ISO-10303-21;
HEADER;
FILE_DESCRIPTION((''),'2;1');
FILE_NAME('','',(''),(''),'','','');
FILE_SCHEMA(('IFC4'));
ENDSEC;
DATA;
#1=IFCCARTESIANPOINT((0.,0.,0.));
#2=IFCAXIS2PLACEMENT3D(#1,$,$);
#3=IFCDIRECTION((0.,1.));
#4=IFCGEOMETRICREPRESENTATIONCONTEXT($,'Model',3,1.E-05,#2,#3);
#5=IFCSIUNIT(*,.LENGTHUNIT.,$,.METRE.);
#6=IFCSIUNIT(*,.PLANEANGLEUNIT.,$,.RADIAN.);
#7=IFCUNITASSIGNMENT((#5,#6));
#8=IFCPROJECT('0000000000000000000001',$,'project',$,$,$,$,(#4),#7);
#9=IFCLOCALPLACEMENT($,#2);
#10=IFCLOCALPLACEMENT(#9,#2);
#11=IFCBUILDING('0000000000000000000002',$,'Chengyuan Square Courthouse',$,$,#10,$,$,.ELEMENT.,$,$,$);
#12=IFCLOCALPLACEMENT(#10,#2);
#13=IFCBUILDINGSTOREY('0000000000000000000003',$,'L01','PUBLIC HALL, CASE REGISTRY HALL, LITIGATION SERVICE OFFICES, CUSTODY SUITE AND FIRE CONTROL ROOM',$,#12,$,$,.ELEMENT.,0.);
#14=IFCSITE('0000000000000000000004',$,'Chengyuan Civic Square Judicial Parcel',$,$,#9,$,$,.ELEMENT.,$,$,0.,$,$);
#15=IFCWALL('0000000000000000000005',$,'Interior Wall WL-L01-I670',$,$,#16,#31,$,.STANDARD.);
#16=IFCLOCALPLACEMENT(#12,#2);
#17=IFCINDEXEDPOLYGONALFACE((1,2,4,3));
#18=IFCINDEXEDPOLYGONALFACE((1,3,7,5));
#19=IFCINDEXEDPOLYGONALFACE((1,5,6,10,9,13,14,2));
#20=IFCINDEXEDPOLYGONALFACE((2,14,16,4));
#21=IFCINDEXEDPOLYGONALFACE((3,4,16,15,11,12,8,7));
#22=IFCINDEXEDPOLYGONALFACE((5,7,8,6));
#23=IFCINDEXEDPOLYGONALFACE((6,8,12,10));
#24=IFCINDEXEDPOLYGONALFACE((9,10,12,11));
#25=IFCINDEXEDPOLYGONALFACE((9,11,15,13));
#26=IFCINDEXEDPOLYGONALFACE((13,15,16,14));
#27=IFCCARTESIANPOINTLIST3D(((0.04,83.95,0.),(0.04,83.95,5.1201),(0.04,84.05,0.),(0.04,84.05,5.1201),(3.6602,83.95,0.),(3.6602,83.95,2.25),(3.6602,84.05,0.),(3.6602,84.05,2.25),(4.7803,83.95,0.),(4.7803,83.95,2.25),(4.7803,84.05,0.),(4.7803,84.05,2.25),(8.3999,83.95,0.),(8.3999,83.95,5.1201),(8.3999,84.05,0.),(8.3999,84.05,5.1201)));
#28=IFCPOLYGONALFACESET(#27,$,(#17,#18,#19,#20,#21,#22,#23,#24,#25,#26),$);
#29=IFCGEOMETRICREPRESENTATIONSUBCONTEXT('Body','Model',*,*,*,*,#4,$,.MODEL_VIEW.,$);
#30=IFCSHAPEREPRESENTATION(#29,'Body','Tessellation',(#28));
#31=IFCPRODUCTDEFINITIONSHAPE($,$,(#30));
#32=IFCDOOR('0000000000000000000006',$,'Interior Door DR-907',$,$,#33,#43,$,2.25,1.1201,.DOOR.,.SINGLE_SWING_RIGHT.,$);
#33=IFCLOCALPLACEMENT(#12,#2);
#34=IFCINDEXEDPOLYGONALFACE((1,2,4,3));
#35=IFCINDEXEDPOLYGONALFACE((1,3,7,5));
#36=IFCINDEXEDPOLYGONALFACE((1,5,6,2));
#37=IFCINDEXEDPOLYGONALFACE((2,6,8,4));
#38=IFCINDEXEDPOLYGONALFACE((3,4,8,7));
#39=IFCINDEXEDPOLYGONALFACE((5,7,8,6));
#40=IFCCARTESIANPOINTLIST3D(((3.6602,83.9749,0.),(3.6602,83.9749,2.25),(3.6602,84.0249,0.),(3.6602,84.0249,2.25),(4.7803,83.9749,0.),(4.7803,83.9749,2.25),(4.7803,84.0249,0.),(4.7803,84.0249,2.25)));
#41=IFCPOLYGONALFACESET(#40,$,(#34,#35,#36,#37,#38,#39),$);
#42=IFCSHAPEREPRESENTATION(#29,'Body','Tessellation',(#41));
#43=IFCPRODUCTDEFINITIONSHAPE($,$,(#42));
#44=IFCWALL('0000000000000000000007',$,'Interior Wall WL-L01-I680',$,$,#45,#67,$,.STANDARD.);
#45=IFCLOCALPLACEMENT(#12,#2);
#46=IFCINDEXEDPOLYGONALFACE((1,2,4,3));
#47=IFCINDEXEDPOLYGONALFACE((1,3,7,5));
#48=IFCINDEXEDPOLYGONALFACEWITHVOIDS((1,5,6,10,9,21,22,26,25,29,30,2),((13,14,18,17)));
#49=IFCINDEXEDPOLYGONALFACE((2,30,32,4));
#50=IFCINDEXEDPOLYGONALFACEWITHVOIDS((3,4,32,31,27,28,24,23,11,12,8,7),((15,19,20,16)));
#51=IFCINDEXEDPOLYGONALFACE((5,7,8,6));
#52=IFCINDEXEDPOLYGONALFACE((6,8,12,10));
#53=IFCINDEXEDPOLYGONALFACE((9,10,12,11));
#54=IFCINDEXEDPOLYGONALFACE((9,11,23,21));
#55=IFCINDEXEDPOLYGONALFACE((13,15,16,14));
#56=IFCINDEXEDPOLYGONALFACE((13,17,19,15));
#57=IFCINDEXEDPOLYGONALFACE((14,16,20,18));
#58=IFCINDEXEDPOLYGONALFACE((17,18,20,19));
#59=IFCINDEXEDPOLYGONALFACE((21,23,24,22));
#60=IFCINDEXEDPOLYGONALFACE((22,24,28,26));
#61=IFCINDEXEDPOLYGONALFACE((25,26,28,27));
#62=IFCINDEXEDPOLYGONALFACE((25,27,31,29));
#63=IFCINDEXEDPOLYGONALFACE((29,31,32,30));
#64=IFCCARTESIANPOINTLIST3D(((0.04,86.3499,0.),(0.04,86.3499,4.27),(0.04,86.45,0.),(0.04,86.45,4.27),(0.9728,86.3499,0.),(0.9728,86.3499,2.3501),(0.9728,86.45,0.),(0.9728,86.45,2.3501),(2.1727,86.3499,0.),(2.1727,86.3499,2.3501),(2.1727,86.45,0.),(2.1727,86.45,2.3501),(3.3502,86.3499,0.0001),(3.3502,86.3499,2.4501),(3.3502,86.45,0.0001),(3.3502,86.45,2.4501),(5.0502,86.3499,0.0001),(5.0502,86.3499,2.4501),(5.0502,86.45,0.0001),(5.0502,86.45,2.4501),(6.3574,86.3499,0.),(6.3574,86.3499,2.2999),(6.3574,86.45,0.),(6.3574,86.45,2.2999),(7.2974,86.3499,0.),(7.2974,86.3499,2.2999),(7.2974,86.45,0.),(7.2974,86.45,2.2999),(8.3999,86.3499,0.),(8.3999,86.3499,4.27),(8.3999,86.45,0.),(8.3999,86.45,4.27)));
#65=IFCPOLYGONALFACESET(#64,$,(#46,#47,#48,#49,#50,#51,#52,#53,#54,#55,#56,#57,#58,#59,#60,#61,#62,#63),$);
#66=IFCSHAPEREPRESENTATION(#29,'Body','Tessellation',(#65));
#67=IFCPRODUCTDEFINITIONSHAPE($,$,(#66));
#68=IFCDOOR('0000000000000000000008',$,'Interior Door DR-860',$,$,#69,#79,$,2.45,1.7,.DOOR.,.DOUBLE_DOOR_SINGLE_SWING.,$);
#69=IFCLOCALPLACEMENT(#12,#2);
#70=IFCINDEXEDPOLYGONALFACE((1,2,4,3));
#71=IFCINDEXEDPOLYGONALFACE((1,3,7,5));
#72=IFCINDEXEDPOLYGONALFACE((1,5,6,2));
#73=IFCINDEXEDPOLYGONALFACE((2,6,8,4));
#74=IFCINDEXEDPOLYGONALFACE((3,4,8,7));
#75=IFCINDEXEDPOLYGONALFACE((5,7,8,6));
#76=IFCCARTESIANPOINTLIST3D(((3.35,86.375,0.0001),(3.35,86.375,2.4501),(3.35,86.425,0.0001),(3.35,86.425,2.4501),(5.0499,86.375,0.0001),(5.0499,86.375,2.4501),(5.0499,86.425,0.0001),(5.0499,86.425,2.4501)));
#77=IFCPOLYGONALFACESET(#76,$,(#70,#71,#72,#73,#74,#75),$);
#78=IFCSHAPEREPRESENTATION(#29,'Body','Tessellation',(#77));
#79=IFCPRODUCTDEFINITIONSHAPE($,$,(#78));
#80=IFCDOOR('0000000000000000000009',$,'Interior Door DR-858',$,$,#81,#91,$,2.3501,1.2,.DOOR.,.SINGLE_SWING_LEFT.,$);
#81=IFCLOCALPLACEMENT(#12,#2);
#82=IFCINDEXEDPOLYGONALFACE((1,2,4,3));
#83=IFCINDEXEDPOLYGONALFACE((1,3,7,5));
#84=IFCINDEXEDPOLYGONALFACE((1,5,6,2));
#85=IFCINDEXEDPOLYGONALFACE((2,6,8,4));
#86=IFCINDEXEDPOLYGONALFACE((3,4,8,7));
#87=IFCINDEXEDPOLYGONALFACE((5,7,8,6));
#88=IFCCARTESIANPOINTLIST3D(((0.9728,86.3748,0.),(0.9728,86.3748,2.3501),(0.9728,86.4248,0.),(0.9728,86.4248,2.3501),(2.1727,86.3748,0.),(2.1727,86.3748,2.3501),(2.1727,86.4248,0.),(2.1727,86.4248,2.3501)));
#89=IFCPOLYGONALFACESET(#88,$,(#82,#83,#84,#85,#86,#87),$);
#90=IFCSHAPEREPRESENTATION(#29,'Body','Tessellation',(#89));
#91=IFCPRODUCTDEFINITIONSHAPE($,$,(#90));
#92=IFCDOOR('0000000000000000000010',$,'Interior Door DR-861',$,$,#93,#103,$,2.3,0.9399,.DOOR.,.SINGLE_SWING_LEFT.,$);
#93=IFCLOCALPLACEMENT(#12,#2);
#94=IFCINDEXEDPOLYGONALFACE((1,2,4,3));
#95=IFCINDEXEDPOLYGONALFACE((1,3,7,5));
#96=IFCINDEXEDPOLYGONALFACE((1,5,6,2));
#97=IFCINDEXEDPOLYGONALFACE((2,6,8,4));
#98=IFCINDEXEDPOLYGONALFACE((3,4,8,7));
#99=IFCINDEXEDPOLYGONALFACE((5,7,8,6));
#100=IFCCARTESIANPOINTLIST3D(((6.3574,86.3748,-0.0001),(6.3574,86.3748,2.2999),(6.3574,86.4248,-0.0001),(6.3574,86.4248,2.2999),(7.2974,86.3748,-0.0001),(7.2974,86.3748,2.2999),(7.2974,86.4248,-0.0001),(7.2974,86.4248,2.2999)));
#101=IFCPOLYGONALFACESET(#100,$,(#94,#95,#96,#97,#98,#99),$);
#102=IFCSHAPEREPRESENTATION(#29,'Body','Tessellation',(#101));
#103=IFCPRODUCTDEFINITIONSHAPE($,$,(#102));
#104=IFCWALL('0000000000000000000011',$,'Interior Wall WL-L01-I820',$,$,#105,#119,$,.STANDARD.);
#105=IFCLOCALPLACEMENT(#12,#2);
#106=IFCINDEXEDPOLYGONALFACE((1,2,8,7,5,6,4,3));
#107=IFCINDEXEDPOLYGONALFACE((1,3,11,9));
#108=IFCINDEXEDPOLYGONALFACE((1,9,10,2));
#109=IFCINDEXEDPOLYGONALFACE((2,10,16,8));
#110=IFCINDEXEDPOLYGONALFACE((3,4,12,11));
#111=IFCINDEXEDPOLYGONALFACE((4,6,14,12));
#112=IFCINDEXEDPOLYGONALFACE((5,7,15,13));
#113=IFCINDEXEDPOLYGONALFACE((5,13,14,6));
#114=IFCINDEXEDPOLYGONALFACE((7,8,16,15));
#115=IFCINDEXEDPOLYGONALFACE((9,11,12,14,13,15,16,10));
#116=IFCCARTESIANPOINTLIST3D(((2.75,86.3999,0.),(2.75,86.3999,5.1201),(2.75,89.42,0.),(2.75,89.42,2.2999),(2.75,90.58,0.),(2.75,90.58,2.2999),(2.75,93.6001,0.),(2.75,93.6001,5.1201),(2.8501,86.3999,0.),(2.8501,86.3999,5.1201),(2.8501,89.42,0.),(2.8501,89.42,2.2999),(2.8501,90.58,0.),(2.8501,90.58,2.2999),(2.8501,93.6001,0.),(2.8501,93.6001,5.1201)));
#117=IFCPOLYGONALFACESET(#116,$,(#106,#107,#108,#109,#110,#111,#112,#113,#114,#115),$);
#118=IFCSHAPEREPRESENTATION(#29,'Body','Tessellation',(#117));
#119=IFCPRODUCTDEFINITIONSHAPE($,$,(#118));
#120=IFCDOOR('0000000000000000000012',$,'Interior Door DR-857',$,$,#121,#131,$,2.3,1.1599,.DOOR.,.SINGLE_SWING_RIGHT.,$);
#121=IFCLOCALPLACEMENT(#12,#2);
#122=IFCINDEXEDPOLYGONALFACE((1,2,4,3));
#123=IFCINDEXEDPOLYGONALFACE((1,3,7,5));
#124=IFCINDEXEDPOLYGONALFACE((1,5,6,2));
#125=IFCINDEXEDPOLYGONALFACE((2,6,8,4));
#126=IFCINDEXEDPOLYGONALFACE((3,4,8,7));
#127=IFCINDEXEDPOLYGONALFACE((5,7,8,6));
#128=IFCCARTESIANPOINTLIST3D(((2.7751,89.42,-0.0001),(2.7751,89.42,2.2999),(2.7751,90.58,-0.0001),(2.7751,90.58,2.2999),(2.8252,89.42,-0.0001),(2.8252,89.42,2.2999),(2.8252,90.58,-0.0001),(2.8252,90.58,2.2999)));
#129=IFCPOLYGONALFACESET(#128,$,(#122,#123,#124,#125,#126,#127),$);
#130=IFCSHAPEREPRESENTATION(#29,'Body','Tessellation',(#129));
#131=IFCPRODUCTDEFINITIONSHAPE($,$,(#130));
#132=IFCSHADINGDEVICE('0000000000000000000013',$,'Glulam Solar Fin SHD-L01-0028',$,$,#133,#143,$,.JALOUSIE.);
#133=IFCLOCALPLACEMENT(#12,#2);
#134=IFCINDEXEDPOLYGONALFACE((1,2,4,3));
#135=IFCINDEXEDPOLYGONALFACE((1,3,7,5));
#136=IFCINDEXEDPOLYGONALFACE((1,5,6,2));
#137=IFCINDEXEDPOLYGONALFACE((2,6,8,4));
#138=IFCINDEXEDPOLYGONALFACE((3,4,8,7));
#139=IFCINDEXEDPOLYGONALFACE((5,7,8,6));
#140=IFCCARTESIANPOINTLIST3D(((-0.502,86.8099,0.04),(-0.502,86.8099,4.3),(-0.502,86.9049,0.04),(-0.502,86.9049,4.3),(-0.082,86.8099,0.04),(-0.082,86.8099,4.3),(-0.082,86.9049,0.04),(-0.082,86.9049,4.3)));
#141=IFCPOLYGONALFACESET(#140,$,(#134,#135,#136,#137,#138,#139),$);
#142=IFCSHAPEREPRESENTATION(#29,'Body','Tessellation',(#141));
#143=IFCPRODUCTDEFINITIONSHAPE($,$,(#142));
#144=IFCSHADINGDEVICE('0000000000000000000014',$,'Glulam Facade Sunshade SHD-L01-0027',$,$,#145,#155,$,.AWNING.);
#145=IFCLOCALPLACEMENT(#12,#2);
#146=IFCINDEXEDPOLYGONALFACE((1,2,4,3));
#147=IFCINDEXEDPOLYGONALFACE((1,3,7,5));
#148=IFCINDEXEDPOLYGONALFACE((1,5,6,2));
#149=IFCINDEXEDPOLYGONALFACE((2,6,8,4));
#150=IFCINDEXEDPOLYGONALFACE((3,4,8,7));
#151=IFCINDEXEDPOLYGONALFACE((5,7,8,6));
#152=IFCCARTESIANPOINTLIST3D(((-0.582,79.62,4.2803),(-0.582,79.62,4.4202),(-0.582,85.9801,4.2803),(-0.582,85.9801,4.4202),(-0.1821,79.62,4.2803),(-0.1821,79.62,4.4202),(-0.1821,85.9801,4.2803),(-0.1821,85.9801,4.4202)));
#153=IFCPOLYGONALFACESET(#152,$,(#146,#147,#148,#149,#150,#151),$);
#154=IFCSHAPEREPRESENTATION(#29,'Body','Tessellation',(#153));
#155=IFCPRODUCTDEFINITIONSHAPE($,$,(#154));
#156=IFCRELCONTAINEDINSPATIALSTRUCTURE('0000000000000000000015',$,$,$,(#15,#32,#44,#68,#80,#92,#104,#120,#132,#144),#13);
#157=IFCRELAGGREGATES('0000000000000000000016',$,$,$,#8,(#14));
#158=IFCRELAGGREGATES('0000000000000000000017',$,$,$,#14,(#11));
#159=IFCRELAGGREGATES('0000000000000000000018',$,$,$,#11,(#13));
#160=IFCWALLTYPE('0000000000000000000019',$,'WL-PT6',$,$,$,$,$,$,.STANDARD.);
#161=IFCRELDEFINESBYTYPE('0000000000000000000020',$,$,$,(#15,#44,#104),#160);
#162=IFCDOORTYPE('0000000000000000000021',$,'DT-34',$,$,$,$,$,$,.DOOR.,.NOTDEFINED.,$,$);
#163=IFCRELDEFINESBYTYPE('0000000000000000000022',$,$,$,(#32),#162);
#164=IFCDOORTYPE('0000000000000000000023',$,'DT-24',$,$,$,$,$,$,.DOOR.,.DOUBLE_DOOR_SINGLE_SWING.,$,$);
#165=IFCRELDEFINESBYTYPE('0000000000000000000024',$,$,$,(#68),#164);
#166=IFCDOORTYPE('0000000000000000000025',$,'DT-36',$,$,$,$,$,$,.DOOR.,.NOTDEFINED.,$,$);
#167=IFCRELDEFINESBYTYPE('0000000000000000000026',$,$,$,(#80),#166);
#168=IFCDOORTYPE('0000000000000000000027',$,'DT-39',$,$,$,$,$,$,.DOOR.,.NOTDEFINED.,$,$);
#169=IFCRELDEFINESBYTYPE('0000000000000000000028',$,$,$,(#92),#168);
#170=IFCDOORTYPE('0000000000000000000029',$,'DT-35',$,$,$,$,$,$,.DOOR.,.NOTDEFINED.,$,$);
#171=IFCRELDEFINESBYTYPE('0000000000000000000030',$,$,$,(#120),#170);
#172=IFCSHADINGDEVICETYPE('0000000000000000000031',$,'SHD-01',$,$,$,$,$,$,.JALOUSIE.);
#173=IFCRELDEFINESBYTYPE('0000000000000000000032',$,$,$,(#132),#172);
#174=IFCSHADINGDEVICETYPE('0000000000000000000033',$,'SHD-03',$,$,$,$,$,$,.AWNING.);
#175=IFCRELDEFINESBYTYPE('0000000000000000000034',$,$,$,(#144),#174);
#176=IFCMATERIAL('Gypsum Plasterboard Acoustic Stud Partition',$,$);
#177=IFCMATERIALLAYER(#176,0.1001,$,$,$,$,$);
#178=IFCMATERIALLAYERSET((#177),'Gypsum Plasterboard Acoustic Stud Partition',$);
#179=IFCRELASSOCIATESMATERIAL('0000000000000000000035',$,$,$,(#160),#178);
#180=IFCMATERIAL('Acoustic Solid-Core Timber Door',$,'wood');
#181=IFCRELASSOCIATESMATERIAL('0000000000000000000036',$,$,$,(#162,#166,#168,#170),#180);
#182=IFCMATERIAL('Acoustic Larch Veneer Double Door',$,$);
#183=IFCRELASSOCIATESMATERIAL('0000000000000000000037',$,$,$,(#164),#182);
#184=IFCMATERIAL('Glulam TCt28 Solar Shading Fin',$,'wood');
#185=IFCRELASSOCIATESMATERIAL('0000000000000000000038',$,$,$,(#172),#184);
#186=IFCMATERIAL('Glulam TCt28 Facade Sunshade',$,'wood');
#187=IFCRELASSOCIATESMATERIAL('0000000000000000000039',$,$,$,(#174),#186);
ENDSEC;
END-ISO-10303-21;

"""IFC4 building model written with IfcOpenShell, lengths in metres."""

from ifc_helpers import new_model, si_unit, direction, frame, frame_2d, origin, origin_2d, place, context, subcontext, project, spatial, rectangle, extrude, material, layer, layer_set, type_object, element, fill, save


model = new_model("IFC4")

# Units and contexts
model_context = context("Model", 3, precision=1e-05, world=origin(), true_north=direction((0.0, 1.0)))
body_context = subcontext(model_context, "Body", "Model", "MODEL_VIEW")
ifc_project = project(units=[si_unit("LENGTHUNIT", "METRE"), si_unit("PLANEANGLEUNIT", "RADIAN")], contexts=[model_context])

# Site, building, storey
site_placement = place(None, origin())
site = spatial("IfcSite", under=ifc_project, at=site_placement, Name="Chengyuan Civic Square Judicial Parcel", CompositionType="ELEMENT", RefElevation=0.0)
building_placement = place(site_placement, origin())
building = spatial("IfcBuilding", under=site, at=building_placement, Name="Chengyuan Square Courthouse", CompositionType="ELEMENT")
storey_placement = place(building_placement, origin())
storey = spatial("IfcBuildingStorey", under=building, at=storey_placement, Name="L01", Description="PUBLIC HALL, CASE REGISTRY HALL, LITIGATION SERVICE OFFICES, CUSTODY SUITE AND FIRE CONTROL ROOM", CompositionType="ELEMENT", Elevation=0.0)

# Wall, opening, door
ifc_material_1 = material(Name="Gypsum Plasterboard Acoustic Stud Partition")
ifc_layer_1 = layer(ifc_material_1, 0.1001)
ifc_layer_set_1 = layer_set([ifc_layer_1], Name="Gypsum Plasterboard Acoustic Stud Partition")
wall_type_1 = type_object("IfcWallType", Name="WL-PT6", PredefinedType="STANDARD", material=ifc_layer_set_1)
wall_1_placement = place(storey_placement, frame((0.04, 84.0, 0.0), z_axis=(0.0, 0.0, 1.0), x_axis=(1.0, 0.0, 0.0)))
wall_1 = element("IfcWall", 1, at=wall_1_placement, inside=storey, type_object=wall_type_1, Name="Interior Wall WL-L01-I670", PredefinedType="STANDARD", context=body_context, shape_type="SweptSolid", body=[
    extrude(rectangle(XDim=8.3599, YDim=0.1001, at=frame_2d((4.1799, 0.0))), origin(), (0.0, 0.0, 1.0), 5.1201),
])
opening_1_placement = place(wall_1_placement, frame((3.6201, 0.0, 0.0)))
opening_1 = element("IfcOpeningElement", 2, at=opening_1_placement, cuts=wall_1, PredefinedType="OPENING", context=body_context, shape_type="SweptSolid", body=[
    extrude(rectangle(XDim=1.1201, YDim=2.25, at=frame_2d((0.5601, 1.125))), frame((0.0, 0.062, 0.0), z_axis=(0.0, -1.0, 0.0), x_axis=(1.0, 0.0, 0.0)), (0.0, 0.0, 1.0), 0.124),
])
ifc_material_2 = material(Name="Acoustic Solid-Core Timber Door", Category="wood")
door_type_1 = type_object("IfcDoorType", Name="DT-34", OperationType="NOTDEFINED", PredefinedType="DOOR", material=ifc_material_2)
door_1_placement = place(opening_1_placement, origin())
door_1 = element("IfcDoor", 3, at=door_1_placement, inside=storey, type_object=door_type_1, Name="Interior Door DR-907", OperationType="SINGLE_SWING_RIGHT", OverallHeight=2.25, OverallWidth=1.1201, PredefinedType="DOOR", context=body_context, shape_type="SweptSolid", body=[
    extrude(rectangle(XDim=1.1201, YDim=2.25, at=frame_2d((0.5601, 1.125))), frame((0.0, 0.0249, 0.0), z_axis=(0.0, -1.0, 0.0), x_axis=(1.0, 0.0, 0.0)), (0.0, 0.0, 1.0), 0.05),
])
fill(opening_1, door_1)

# Wall, openings, doors
wall_2_placement = place(storey_placement, frame((0.04, 86.3999, 0.0), z_axis=(0.0, 0.0, 1.0), x_axis=(1.0, 0.0, 0.0)))
wall_2 = element("IfcWall", 4, at=wall_2_placement, inside=storey, type_object=wall_type_1, Name="Interior Wall WL-L01-I680", PredefinedType="STANDARD", context=body_context, shape_type="SweptSolid", body=[
    extrude(rectangle(XDim=8.3599, YDim=0.1001, at=frame_2d((4.1799, 0.0))), origin(), (0.0, 0.0, 1.0), 4.27),
])
opening_2_placement = place(wall_2_placement, frame((0.9326, 0.0, 0.0)))
opening_2 = element("IfcOpeningElement", 5, at=opening_2_placement, cuts=wall_2, PredefinedType="OPENING", context=body_context, shape_type="SweptSolid", body=[
    extrude(rectangle(XDim=1.2, YDim=2.3501, at=frame_2d((0.6001, 1.175))), frame((0.0, 0.062, 0.0), z_axis=(0.0, -1.0, 0.0), x_axis=(1.0, 0.0, 0.0)), (0.0, 0.0, 1.0), 0.124),
])
opening_3_placement = place(wall_2_placement, frame((3.3101, 0.0, 0.0)))
opening_3 = element("IfcOpeningElement", 6, at=opening_3_placement, cuts=wall_2, PredefinedType="OPENING", context=body_context, shape_type="SweptSolid", body=[
    extrude(rectangle(XDim=1.7, YDim=2.45, at=frame_2d((0.8501, 1.2251))), frame((0.0, 0.062, 0.0), z_axis=(0.0, -1.0, 0.0), x_axis=(1.0, 0.0, 0.0)), (0.0, 0.0, 1.0), 0.124),
])
opening_4_placement = place(wall_2_placement, frame((6.3174, 0.0, 0.0)))
opening_4 = element("IfcOpeningElement", 7, at=opening_4_placement, cuts=wall_2, PredefinedType="OPENING", context=body_context, shape_type="SweptSolid", body=[
    extrude(rectangle(XDim=0.9399, YDim=2.3, at=frame_2d((0.47, 1.1499))), frame((0.0, 0.062, 0.0), z_axis=(0.0, -1.0, 0.0), x_axis=(1.0, 0.0, 0.0)), (0.0, 0.0, 1.0), 0.124),
])
ifc_material_3 = material(Name="Acoustic Larch Veneer Double Door")
door_type_2 = type_object("IfcDoorType", Name="DT-24", OperationType="DOUBLE_DOOR_SINGLE_SWING", PredefinedType="DOOR", material=ifc_material_3)
door_2_placement = place(opening_3_placement, frame((1.7, 0.0, 0.0), z_axis=(0.0, 0.0, 1.0), x_axis=(-1.0, 0.0, 0.0)))
door_2 = element("IfcDoor", 8, at=door_2_placement, inside=storey, type_object=door_type_2, Name="Interior Door DR-860", OperationType="DOUBLE_DOOR_SINGLE_SWING", OverallHeight=2.45, OverallWidth=1.7, PredefinedType="DOOR", context=body_context, shape_type="SweptSolid", body=[
    extrude(rectangle(XDim=1.7, YDim=2.45, at=frame_2d((0.8501, 1.2251))), frame((0.0, 0.0249, 0.0), z_axis=(0.0, -1.0, 0.0), x_axis=(1.0, 0.0, 0.0)), (0.0, 0.0, 1.0), 0.05),
])
fill(opening_3, door_2)
door_type_3 = type_object("IfcDoorType", Name="DT-36", OperationType="NOTDEFINED", PredefinedType="DOOR", material=ifc_material_2)
door_3_placement = place(opening_2_placement, origin())
door_3 = element("IfcDoor", 9, at=door_3_placement, inside=storey, type_object=door_type_3, Name="Interior Door DR-858", OperationType="SINGLE_SWING_LEFT", OverallHeight=2.3501, OverallWidth=1.2, PredefinedType="DOOR", context=body_context, shape_type="SweptSolid", body=[
    extrude(rectangle(XDim=1.2, YDim=2.3501, at=frame_2d((0.6001, 1.175))), frame((0.0, 0.0249, 0.0), z_axis=(0.0, -1.0, 0.0), x_axis=(1.0, 0.0, 0.0)), (0.0, 0.0, 1.0), 0.05),
])
fill(opening_2, door_3)
door_type_4 = type_object("IfcDoorType", Name="DT-39", OperationType="NOTDEFINED", PredefinedType="DOOR", material=ifc_material_2)
door_4_placement = place(opening_4_placement, origin())
door_4 = element("IfcDoor", 10, at=door_4_placement, inside=storey, type_object=door_type_4, Name="Interior Door DR-861", OperationType="SINGLE_SWING_LEFT", OverallHeight=2.3, OverallWidth=0.9399, PredefinedType="DOOR", context=body_context, shape_type="SweptSolid", body=[
    extrude(rectangle(XDim=0.9399, YDim=2.3, at=frame_2d((0.47, 1.1499))), frame((0.0, 0.0249, 0.0), z_axis=(0.0, -1.0, 0.0), x_axis=(1.0, 0.0, 0.0)), (0.0, 0.0, 1.0), 0.05),
])
fill(opening_4, door_4)

# Wall, opening, door
wall_3_placement = place(storey_placement, frame((2.8, 86.3999, 0.0), z_axis=(0.0, 0.0, 1.0), x_axis=(0.0, 1.0, 0.0)))
wall_3 = element("IfcWall", 11, at=wall_3_placement, inside=storey, type_object=wall_type_1, Name="Interior Wall WL-L01-I820", PredefinedType="STANDARD", context=body_context, shape_type="SweptSolid", body=[
    extrude(rectangle(XDim=7.2002, YDim=0.1001, at=frame_2d((3.6001, 0.0))), origin(), (0.0, 0.0, 1.0), 5.1201),
])
opening_5_placement = place(wall_3_placement, frame((3.02, 0.0, 0.0)))
opening_5 = element("IfcOpeningElement", 12, at=opening_5_placement, cuts=wall_3, PredefinedType="OPENING", context=body_context, shape_type="SweptSolid", body=[
    extrude(rectangle(XDim=1.1599, YDim=2.3, at=frame_2d((0.5801, 1.1499))), frame((0.0, 0.062, 0.0), z_axis=(0.0, -1.0, 0.0), x_axis=(1.0, 0.0, 0.0)), (0.0, 0.0, 1.0), 0.124),
])
door_type_5 = type_object("IfcDoorType", Name="DT-35", OperationType="NOTDEFINED", PredefinedType="DOOR", material=ifc_material_2)
door_5_placement = place(opening_5_placement, origin())
door_5 = element("IfcDoor", 13, at=door_5_placement, inside=storey, type_object=door_type_5, Name="Interior Door DR-857", OperationType="SINGLE_SWING_RIGHT", OverallHeight=2.3, OverallWidth=1.1599, PredefinedType="DOOR", context=body_context, shape_type="SweptSolid", body=[
    extrude(rectangle(XDim=1.1599, YDim=2.3, at=frame_2d((0.5801, 1.1499))), frame((0.0, 0.0249, 0.0), z_axis=(0.0, -1.0, 0.0), x_axis=(1.0, 0.0, 0.0)), (0.0, 0.0, 1.0), 0.05),
])
fill(opening_5, door_5)

# Shading devices
ifc_material_4 = material(Name="Glulam TCt28 Solar Shading Fin", Category="wood")
shading_device_type_1 = type_object("IfcShadingDeviceType", Name="SHD-01", PredefinedType="JALOUSIE", material=ifc_material_4)
shading_device_1_placement = place(storey_placement, frame((-0.292, 86.8574, 0.04), z_axis=(0.0, 0.0, 1.0), x_axis=(1.0, 0.0, 0.0)))
element("IfcShadingDevice", 14, at=shading_device_1_placement, inside=storey, type_object=shading_device_type_1, Name="Glulam Solar Fin SHD-L01-0028", PredefinedType="JALOUSIE", context=body_context, shape_type="SweptSolid", body=[
    extrude(rectangle(XDim=0.4199, YDim=0.095, at=origin_2d()), origin(), (0.0, 0.0, 1.0), 4.26),
])
ifc_material_5 = material(Name="Glulam TCt28 Facade Sunshade", Category="wood")
shading_device_type_2 = type_object("IfcShadingDeviceType", Name="SHD-03", PredefinedType="AWNING", material=ifc_material_5)
shading_device_2_placement = place(storey_placement, frame((-0.3821, 82.8, 4.2803), z_axis=(0.0, 0.0, 1.0), x_axis=(0.0, 1.0, 0.0)))
element("IfcShadingDevice", 15, at=shading_device_2_placement, inside=storey, type_object=shading_device_type_2, Name="Glulam Facade Sunshade SHD-L01-0027", PredefinedType="AWNING", context=body_context, shape_type="SweptSolid", body=[
    extrude(rectangle(XDim=6.3601, YDim=0.3999, at=origin_2d()), origin(), (0.0, 0.0, 1.0), 0.1399),
])

save(model, "model.ifc")
